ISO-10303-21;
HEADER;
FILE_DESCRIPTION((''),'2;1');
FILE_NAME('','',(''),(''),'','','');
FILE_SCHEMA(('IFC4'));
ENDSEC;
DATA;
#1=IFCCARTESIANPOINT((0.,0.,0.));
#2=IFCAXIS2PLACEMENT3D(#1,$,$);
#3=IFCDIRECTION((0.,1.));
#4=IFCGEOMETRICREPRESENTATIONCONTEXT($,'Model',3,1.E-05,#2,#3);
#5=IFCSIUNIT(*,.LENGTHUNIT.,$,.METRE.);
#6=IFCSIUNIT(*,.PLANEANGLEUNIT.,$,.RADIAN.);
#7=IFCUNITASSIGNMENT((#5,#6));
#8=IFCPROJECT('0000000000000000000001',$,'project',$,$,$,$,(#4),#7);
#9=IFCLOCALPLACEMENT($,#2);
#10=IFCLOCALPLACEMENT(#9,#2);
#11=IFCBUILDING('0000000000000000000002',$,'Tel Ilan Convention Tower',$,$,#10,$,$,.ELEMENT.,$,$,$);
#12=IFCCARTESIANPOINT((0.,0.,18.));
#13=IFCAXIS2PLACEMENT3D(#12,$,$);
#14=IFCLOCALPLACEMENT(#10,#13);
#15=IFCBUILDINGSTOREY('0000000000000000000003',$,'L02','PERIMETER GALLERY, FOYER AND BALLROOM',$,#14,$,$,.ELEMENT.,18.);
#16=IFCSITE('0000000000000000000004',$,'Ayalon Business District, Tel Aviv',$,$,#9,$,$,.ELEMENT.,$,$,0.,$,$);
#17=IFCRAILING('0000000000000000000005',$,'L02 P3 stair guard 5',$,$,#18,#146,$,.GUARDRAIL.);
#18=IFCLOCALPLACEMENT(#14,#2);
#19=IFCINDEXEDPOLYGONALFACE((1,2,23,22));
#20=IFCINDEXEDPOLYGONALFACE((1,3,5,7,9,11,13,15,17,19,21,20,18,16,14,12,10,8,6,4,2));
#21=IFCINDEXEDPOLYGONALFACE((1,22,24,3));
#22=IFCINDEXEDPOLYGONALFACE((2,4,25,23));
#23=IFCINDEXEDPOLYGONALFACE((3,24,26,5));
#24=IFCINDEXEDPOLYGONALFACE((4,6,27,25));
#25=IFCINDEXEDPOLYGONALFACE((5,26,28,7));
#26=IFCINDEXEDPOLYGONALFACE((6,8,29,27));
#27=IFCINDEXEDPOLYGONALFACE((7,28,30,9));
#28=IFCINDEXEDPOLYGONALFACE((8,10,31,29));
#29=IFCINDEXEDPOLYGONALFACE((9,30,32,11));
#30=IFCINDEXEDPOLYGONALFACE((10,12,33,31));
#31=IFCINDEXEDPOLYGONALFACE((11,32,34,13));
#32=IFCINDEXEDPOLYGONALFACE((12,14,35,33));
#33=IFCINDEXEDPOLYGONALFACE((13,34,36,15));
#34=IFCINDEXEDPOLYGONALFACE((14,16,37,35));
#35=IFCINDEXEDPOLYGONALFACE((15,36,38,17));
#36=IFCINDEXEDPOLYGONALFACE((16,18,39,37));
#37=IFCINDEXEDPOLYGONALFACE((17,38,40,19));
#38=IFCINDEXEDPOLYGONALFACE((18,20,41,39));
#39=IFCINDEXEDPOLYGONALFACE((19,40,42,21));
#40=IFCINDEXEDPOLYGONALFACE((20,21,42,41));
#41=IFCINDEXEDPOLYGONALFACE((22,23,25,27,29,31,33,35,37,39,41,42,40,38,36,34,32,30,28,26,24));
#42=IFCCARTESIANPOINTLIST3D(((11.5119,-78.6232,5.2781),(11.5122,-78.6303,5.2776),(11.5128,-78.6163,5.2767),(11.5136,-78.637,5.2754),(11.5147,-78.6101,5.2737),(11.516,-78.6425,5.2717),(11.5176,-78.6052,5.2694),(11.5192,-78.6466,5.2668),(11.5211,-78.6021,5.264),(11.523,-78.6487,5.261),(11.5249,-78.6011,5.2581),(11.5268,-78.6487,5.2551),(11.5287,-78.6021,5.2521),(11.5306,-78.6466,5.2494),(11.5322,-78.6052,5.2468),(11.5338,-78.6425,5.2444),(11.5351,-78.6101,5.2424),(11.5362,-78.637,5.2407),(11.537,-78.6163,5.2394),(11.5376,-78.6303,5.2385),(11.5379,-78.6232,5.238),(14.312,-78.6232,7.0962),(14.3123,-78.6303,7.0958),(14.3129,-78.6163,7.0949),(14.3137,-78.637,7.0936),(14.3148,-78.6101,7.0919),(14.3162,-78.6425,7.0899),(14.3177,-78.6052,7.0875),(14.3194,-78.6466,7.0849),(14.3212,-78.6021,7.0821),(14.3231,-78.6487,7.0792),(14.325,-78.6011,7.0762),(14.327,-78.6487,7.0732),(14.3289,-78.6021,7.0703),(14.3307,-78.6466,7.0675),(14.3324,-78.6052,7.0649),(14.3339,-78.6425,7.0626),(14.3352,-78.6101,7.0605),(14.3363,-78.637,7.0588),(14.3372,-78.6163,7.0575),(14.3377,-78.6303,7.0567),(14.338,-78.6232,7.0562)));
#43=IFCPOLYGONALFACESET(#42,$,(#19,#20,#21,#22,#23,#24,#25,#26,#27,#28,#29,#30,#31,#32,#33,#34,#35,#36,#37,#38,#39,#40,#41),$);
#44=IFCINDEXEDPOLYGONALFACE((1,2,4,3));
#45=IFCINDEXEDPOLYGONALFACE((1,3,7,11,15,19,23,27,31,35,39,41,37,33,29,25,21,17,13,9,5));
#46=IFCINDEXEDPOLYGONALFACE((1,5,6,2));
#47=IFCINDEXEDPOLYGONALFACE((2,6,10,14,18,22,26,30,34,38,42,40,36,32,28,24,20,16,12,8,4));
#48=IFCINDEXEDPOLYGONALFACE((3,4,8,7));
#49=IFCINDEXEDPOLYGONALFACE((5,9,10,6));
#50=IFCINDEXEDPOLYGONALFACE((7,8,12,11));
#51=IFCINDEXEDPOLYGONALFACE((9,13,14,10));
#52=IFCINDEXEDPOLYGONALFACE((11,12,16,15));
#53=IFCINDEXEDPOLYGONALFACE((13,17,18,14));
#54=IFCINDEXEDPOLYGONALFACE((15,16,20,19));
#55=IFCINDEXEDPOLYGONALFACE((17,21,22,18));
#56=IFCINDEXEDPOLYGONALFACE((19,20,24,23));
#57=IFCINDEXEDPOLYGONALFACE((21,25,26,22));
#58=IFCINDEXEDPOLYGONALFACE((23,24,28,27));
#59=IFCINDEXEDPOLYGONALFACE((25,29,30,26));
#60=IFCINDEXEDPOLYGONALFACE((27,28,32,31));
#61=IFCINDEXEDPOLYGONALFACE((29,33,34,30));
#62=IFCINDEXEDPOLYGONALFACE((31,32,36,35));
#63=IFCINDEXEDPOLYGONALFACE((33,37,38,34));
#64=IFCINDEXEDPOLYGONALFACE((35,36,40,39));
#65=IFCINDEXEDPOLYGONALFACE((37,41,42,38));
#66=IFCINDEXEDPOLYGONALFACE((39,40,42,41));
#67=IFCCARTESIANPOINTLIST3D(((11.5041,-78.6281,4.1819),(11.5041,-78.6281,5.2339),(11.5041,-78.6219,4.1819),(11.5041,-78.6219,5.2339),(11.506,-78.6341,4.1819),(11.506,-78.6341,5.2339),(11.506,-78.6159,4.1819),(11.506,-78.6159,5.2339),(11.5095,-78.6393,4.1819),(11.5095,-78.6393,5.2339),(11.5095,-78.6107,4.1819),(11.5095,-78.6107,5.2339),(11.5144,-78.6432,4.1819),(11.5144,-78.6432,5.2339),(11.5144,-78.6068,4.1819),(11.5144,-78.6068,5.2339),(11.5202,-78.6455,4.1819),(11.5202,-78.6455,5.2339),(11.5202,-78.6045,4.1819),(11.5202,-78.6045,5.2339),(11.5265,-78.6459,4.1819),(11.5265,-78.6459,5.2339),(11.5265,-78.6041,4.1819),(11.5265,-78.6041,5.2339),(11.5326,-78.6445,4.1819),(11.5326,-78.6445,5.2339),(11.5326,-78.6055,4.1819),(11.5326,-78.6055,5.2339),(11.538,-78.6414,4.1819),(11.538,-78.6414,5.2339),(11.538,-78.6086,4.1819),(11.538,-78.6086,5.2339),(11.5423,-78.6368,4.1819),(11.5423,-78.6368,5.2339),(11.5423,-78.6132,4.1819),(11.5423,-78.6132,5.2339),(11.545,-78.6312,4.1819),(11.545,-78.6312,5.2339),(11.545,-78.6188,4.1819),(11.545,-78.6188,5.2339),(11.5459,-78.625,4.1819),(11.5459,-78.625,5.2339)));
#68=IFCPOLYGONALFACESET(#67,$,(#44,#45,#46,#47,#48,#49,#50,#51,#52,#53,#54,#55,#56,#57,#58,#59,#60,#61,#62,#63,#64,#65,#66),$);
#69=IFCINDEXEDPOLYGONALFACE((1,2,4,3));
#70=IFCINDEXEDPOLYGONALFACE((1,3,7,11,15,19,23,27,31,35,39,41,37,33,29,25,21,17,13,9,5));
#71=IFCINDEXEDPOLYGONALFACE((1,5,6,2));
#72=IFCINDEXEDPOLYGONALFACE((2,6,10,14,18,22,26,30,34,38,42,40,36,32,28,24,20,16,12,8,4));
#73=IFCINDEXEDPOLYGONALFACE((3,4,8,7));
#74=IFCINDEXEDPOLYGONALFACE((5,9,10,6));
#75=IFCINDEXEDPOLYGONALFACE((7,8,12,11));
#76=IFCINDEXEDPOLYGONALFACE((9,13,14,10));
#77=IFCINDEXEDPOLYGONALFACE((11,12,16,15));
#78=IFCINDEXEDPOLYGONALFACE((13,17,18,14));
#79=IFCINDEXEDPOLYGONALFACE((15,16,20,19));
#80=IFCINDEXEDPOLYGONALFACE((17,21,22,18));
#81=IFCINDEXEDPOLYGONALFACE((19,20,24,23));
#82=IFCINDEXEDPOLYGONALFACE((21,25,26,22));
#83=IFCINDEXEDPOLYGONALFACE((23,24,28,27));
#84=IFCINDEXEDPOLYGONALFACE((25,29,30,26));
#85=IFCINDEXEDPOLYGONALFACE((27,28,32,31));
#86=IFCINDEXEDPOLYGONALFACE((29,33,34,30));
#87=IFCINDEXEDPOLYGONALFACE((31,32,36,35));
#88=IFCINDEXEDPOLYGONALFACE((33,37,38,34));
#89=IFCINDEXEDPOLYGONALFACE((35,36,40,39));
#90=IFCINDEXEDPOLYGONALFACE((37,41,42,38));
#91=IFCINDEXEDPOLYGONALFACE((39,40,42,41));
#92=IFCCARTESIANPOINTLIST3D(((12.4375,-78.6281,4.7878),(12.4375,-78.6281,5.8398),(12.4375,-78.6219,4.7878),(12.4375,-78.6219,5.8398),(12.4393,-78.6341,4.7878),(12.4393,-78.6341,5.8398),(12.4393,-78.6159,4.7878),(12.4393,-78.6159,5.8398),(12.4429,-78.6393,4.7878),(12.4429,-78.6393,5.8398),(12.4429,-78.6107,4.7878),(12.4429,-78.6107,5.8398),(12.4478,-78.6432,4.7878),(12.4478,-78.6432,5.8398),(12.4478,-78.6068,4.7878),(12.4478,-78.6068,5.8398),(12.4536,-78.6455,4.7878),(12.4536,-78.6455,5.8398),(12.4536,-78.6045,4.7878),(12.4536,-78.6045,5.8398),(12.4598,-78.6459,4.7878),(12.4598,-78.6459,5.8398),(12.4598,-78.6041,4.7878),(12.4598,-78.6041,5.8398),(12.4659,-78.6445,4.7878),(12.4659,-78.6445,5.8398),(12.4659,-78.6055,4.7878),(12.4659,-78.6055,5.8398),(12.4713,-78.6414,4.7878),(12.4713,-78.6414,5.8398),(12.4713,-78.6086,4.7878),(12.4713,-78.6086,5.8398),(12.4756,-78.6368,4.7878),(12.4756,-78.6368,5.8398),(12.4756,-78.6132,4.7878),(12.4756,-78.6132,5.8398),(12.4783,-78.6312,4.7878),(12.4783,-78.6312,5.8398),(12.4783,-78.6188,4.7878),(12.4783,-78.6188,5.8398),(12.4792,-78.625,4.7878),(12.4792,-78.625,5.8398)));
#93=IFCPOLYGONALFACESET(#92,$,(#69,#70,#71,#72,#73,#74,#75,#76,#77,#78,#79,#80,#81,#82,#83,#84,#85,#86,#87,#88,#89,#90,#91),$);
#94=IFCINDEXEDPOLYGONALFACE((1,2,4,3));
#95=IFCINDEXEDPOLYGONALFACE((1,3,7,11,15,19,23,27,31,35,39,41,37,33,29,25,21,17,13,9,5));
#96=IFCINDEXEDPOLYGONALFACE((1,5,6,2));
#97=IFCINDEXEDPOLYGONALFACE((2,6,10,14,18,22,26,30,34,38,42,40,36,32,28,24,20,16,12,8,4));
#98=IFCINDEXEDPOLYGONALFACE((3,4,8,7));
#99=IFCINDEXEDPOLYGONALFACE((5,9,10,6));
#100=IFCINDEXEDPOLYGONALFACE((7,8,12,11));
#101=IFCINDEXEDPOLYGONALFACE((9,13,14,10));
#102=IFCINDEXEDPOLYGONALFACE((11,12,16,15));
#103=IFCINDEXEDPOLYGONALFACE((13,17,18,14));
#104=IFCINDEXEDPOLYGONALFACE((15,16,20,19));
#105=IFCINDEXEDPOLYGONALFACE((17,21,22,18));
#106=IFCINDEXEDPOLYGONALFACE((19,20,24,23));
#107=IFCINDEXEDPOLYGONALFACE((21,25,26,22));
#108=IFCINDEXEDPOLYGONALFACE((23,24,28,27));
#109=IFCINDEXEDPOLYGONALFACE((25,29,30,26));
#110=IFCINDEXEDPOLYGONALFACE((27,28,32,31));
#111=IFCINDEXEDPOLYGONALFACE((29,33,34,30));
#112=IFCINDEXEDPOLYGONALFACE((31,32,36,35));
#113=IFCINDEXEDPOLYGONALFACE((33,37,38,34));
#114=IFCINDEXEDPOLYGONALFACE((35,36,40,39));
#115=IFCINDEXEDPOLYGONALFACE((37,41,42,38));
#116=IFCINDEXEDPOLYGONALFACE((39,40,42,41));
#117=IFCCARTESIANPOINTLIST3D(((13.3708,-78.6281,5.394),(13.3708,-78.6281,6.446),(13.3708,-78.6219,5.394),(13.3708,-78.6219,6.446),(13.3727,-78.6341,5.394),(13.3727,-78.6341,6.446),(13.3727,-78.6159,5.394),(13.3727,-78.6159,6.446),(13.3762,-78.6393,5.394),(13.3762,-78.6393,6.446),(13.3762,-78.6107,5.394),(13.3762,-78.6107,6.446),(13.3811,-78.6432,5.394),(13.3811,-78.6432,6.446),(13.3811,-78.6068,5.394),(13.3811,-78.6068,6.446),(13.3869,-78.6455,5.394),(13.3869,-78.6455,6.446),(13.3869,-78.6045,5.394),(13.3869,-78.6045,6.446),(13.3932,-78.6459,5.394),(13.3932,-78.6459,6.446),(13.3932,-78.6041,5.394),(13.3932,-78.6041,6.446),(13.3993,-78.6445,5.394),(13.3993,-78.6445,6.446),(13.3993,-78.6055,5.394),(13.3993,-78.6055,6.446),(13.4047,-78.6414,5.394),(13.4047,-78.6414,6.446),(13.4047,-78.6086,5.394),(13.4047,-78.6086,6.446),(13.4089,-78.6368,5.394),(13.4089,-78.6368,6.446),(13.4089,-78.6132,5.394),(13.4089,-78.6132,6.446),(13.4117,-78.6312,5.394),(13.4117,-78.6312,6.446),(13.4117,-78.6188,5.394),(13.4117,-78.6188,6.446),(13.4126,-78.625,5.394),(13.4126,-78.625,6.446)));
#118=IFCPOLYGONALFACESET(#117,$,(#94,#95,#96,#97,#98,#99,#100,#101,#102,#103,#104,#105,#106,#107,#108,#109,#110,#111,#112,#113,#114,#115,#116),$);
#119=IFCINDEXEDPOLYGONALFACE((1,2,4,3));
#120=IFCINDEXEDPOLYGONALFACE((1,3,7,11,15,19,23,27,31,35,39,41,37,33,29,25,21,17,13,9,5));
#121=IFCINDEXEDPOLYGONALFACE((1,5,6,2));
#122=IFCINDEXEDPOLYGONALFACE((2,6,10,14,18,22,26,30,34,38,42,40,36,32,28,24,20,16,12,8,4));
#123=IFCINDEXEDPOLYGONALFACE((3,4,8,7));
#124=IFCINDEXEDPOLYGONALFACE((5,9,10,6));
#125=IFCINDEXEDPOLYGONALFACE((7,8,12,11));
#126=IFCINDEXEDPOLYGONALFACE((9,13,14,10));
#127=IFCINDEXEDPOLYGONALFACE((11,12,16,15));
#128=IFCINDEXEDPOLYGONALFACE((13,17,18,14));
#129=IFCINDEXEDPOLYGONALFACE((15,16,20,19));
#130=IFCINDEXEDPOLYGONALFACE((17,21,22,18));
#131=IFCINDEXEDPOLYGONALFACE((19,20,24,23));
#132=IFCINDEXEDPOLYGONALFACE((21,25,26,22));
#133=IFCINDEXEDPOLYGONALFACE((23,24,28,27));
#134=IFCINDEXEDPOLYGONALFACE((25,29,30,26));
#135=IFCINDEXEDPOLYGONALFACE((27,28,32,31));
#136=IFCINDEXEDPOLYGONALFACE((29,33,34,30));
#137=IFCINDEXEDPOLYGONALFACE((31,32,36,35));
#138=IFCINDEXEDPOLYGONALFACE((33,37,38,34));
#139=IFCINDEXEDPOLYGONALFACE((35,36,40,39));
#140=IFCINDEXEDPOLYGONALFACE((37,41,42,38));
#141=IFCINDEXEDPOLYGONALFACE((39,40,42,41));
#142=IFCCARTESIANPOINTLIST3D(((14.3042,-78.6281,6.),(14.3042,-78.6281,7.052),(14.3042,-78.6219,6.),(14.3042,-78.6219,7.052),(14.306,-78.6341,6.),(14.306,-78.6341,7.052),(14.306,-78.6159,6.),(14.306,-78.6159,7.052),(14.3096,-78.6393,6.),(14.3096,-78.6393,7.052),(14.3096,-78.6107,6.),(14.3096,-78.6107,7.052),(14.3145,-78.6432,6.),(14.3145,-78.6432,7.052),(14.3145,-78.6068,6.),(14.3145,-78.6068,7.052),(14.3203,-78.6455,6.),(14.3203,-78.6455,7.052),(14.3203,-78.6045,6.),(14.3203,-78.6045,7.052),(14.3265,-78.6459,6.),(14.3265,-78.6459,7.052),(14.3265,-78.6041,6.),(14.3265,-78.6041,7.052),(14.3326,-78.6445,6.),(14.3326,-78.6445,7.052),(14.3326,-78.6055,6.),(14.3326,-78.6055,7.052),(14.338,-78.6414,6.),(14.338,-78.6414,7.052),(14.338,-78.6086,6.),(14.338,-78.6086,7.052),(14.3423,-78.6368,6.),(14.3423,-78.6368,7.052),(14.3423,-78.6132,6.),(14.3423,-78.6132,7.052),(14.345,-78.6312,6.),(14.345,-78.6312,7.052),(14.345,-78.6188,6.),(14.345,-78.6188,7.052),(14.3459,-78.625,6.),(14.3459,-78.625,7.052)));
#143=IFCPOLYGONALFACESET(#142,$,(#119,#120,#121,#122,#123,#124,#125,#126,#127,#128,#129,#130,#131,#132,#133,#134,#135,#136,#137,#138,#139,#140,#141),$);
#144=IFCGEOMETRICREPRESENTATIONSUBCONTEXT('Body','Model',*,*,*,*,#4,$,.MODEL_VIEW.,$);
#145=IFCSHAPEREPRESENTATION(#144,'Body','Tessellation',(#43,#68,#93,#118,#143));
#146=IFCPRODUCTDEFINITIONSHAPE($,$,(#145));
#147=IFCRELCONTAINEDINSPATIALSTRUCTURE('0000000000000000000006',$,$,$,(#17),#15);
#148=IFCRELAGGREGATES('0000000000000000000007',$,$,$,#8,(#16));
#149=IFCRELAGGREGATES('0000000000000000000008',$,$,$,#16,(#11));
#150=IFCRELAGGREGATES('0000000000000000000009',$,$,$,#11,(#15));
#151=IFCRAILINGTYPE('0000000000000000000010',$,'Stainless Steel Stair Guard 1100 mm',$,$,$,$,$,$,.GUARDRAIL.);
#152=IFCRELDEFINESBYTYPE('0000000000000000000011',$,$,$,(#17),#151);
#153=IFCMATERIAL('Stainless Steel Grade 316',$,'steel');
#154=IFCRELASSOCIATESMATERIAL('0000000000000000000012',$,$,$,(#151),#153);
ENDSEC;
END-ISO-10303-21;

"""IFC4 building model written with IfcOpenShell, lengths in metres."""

from ifc_helpers import new_model, si_unit, direction, frame, origin, origin_2d, place, context, subcontext, project, spatial, circle, extrude, material, type_object, element, save


model = new_model("IFC4")

# Units and contexts
model_context = context("Model", 3, precision=1e-05, world=origin(), true_north=direction((0.0, 1.0)))
body_context = subcontext(model_context, "Body", "Model", "MODEL_VIEW")
ifc_project = project(units=[si_unit("LENGTHUNIT", "METRE"), si_unit("PLANEANGLEUNIT", "RADIAN")], contexts=[model_context])

# Site, building, storey
site_placement = place(None, origin())
site = spatial("IfcSite", under=ifc_project, at=site_placement, Name="Ayalon Business District, Tel Aviv", CompositionType="ELEMENT", RefElevation=0.0)
building_placement = place(site_placement, origin())
building = spatial("IfcBuilding", under=site, at=building_placement, Name="Tel Ilan Convention Tower", CompositionType="ELEMENT")
storey_placement = place(building_placement, frame((0.0, 0.0, 18.0)))
storey = spatial("IfcBuildingStorey", under=building, at=storey_placement, Name="L02", Description="PERIMETER GALLERY, FOYER AND BALLROOM", CompositionType="ELEMENT", Elevation=18.0)

# Railing
ifc_material_1 = material(Name="Stainless Steel Grade 316", Category="steel")
railing_type_1 = type_object("IfcRailingType", Name="Stainless Steel Stair Guard 1100 mm", PredefinedType="GUARDRAIL", material=ifc_material_1)
railing_1_placement = place(storey_placement, frame((11.5249, -78.625, 4.1819)))
element("IfcRailing", 1, at=railing_1_placement, inside=storey, type_object=railing_type_1, Name="L02 P3 stair guard 5", PredefinedType="GUARDRAIL", context=body_context, shape_type="SweptSolid", body=[
    extrude(circle(Radius=0.0239, at=origin_2d()), frame((0.0, 0.0, 1.0762), z_axis=(0.838706, 0.0, 0.544585), x_axis=(0.0, 1.0, 0.0)), (0.0, 0.0, 1.0), 3.3386),
    extrude(circle(Radius=0.021, at=origin_2d()), origin(), (0.0, 0.0, 1.0), 1.052),
    extrude(circle(Radius=0.021, at=origin_2d()), frame((0.9333, 0.0, 0.606)), (0.0, 0.0, 1.0), 1.052),
    extrude(circle(Radius=0.021, at=origin_2d()), frame((1.8667, 0.0, 1.2122)), (0.0, 0.0, 1.0), 1.052),
    extrude(circle(Radius=0.021, at=origin_2d()), frame((2.8, 0.0, 1.8181)), (0.0, 0.0, 1.0), 1.052),
])

save(model, "model.ifc")
